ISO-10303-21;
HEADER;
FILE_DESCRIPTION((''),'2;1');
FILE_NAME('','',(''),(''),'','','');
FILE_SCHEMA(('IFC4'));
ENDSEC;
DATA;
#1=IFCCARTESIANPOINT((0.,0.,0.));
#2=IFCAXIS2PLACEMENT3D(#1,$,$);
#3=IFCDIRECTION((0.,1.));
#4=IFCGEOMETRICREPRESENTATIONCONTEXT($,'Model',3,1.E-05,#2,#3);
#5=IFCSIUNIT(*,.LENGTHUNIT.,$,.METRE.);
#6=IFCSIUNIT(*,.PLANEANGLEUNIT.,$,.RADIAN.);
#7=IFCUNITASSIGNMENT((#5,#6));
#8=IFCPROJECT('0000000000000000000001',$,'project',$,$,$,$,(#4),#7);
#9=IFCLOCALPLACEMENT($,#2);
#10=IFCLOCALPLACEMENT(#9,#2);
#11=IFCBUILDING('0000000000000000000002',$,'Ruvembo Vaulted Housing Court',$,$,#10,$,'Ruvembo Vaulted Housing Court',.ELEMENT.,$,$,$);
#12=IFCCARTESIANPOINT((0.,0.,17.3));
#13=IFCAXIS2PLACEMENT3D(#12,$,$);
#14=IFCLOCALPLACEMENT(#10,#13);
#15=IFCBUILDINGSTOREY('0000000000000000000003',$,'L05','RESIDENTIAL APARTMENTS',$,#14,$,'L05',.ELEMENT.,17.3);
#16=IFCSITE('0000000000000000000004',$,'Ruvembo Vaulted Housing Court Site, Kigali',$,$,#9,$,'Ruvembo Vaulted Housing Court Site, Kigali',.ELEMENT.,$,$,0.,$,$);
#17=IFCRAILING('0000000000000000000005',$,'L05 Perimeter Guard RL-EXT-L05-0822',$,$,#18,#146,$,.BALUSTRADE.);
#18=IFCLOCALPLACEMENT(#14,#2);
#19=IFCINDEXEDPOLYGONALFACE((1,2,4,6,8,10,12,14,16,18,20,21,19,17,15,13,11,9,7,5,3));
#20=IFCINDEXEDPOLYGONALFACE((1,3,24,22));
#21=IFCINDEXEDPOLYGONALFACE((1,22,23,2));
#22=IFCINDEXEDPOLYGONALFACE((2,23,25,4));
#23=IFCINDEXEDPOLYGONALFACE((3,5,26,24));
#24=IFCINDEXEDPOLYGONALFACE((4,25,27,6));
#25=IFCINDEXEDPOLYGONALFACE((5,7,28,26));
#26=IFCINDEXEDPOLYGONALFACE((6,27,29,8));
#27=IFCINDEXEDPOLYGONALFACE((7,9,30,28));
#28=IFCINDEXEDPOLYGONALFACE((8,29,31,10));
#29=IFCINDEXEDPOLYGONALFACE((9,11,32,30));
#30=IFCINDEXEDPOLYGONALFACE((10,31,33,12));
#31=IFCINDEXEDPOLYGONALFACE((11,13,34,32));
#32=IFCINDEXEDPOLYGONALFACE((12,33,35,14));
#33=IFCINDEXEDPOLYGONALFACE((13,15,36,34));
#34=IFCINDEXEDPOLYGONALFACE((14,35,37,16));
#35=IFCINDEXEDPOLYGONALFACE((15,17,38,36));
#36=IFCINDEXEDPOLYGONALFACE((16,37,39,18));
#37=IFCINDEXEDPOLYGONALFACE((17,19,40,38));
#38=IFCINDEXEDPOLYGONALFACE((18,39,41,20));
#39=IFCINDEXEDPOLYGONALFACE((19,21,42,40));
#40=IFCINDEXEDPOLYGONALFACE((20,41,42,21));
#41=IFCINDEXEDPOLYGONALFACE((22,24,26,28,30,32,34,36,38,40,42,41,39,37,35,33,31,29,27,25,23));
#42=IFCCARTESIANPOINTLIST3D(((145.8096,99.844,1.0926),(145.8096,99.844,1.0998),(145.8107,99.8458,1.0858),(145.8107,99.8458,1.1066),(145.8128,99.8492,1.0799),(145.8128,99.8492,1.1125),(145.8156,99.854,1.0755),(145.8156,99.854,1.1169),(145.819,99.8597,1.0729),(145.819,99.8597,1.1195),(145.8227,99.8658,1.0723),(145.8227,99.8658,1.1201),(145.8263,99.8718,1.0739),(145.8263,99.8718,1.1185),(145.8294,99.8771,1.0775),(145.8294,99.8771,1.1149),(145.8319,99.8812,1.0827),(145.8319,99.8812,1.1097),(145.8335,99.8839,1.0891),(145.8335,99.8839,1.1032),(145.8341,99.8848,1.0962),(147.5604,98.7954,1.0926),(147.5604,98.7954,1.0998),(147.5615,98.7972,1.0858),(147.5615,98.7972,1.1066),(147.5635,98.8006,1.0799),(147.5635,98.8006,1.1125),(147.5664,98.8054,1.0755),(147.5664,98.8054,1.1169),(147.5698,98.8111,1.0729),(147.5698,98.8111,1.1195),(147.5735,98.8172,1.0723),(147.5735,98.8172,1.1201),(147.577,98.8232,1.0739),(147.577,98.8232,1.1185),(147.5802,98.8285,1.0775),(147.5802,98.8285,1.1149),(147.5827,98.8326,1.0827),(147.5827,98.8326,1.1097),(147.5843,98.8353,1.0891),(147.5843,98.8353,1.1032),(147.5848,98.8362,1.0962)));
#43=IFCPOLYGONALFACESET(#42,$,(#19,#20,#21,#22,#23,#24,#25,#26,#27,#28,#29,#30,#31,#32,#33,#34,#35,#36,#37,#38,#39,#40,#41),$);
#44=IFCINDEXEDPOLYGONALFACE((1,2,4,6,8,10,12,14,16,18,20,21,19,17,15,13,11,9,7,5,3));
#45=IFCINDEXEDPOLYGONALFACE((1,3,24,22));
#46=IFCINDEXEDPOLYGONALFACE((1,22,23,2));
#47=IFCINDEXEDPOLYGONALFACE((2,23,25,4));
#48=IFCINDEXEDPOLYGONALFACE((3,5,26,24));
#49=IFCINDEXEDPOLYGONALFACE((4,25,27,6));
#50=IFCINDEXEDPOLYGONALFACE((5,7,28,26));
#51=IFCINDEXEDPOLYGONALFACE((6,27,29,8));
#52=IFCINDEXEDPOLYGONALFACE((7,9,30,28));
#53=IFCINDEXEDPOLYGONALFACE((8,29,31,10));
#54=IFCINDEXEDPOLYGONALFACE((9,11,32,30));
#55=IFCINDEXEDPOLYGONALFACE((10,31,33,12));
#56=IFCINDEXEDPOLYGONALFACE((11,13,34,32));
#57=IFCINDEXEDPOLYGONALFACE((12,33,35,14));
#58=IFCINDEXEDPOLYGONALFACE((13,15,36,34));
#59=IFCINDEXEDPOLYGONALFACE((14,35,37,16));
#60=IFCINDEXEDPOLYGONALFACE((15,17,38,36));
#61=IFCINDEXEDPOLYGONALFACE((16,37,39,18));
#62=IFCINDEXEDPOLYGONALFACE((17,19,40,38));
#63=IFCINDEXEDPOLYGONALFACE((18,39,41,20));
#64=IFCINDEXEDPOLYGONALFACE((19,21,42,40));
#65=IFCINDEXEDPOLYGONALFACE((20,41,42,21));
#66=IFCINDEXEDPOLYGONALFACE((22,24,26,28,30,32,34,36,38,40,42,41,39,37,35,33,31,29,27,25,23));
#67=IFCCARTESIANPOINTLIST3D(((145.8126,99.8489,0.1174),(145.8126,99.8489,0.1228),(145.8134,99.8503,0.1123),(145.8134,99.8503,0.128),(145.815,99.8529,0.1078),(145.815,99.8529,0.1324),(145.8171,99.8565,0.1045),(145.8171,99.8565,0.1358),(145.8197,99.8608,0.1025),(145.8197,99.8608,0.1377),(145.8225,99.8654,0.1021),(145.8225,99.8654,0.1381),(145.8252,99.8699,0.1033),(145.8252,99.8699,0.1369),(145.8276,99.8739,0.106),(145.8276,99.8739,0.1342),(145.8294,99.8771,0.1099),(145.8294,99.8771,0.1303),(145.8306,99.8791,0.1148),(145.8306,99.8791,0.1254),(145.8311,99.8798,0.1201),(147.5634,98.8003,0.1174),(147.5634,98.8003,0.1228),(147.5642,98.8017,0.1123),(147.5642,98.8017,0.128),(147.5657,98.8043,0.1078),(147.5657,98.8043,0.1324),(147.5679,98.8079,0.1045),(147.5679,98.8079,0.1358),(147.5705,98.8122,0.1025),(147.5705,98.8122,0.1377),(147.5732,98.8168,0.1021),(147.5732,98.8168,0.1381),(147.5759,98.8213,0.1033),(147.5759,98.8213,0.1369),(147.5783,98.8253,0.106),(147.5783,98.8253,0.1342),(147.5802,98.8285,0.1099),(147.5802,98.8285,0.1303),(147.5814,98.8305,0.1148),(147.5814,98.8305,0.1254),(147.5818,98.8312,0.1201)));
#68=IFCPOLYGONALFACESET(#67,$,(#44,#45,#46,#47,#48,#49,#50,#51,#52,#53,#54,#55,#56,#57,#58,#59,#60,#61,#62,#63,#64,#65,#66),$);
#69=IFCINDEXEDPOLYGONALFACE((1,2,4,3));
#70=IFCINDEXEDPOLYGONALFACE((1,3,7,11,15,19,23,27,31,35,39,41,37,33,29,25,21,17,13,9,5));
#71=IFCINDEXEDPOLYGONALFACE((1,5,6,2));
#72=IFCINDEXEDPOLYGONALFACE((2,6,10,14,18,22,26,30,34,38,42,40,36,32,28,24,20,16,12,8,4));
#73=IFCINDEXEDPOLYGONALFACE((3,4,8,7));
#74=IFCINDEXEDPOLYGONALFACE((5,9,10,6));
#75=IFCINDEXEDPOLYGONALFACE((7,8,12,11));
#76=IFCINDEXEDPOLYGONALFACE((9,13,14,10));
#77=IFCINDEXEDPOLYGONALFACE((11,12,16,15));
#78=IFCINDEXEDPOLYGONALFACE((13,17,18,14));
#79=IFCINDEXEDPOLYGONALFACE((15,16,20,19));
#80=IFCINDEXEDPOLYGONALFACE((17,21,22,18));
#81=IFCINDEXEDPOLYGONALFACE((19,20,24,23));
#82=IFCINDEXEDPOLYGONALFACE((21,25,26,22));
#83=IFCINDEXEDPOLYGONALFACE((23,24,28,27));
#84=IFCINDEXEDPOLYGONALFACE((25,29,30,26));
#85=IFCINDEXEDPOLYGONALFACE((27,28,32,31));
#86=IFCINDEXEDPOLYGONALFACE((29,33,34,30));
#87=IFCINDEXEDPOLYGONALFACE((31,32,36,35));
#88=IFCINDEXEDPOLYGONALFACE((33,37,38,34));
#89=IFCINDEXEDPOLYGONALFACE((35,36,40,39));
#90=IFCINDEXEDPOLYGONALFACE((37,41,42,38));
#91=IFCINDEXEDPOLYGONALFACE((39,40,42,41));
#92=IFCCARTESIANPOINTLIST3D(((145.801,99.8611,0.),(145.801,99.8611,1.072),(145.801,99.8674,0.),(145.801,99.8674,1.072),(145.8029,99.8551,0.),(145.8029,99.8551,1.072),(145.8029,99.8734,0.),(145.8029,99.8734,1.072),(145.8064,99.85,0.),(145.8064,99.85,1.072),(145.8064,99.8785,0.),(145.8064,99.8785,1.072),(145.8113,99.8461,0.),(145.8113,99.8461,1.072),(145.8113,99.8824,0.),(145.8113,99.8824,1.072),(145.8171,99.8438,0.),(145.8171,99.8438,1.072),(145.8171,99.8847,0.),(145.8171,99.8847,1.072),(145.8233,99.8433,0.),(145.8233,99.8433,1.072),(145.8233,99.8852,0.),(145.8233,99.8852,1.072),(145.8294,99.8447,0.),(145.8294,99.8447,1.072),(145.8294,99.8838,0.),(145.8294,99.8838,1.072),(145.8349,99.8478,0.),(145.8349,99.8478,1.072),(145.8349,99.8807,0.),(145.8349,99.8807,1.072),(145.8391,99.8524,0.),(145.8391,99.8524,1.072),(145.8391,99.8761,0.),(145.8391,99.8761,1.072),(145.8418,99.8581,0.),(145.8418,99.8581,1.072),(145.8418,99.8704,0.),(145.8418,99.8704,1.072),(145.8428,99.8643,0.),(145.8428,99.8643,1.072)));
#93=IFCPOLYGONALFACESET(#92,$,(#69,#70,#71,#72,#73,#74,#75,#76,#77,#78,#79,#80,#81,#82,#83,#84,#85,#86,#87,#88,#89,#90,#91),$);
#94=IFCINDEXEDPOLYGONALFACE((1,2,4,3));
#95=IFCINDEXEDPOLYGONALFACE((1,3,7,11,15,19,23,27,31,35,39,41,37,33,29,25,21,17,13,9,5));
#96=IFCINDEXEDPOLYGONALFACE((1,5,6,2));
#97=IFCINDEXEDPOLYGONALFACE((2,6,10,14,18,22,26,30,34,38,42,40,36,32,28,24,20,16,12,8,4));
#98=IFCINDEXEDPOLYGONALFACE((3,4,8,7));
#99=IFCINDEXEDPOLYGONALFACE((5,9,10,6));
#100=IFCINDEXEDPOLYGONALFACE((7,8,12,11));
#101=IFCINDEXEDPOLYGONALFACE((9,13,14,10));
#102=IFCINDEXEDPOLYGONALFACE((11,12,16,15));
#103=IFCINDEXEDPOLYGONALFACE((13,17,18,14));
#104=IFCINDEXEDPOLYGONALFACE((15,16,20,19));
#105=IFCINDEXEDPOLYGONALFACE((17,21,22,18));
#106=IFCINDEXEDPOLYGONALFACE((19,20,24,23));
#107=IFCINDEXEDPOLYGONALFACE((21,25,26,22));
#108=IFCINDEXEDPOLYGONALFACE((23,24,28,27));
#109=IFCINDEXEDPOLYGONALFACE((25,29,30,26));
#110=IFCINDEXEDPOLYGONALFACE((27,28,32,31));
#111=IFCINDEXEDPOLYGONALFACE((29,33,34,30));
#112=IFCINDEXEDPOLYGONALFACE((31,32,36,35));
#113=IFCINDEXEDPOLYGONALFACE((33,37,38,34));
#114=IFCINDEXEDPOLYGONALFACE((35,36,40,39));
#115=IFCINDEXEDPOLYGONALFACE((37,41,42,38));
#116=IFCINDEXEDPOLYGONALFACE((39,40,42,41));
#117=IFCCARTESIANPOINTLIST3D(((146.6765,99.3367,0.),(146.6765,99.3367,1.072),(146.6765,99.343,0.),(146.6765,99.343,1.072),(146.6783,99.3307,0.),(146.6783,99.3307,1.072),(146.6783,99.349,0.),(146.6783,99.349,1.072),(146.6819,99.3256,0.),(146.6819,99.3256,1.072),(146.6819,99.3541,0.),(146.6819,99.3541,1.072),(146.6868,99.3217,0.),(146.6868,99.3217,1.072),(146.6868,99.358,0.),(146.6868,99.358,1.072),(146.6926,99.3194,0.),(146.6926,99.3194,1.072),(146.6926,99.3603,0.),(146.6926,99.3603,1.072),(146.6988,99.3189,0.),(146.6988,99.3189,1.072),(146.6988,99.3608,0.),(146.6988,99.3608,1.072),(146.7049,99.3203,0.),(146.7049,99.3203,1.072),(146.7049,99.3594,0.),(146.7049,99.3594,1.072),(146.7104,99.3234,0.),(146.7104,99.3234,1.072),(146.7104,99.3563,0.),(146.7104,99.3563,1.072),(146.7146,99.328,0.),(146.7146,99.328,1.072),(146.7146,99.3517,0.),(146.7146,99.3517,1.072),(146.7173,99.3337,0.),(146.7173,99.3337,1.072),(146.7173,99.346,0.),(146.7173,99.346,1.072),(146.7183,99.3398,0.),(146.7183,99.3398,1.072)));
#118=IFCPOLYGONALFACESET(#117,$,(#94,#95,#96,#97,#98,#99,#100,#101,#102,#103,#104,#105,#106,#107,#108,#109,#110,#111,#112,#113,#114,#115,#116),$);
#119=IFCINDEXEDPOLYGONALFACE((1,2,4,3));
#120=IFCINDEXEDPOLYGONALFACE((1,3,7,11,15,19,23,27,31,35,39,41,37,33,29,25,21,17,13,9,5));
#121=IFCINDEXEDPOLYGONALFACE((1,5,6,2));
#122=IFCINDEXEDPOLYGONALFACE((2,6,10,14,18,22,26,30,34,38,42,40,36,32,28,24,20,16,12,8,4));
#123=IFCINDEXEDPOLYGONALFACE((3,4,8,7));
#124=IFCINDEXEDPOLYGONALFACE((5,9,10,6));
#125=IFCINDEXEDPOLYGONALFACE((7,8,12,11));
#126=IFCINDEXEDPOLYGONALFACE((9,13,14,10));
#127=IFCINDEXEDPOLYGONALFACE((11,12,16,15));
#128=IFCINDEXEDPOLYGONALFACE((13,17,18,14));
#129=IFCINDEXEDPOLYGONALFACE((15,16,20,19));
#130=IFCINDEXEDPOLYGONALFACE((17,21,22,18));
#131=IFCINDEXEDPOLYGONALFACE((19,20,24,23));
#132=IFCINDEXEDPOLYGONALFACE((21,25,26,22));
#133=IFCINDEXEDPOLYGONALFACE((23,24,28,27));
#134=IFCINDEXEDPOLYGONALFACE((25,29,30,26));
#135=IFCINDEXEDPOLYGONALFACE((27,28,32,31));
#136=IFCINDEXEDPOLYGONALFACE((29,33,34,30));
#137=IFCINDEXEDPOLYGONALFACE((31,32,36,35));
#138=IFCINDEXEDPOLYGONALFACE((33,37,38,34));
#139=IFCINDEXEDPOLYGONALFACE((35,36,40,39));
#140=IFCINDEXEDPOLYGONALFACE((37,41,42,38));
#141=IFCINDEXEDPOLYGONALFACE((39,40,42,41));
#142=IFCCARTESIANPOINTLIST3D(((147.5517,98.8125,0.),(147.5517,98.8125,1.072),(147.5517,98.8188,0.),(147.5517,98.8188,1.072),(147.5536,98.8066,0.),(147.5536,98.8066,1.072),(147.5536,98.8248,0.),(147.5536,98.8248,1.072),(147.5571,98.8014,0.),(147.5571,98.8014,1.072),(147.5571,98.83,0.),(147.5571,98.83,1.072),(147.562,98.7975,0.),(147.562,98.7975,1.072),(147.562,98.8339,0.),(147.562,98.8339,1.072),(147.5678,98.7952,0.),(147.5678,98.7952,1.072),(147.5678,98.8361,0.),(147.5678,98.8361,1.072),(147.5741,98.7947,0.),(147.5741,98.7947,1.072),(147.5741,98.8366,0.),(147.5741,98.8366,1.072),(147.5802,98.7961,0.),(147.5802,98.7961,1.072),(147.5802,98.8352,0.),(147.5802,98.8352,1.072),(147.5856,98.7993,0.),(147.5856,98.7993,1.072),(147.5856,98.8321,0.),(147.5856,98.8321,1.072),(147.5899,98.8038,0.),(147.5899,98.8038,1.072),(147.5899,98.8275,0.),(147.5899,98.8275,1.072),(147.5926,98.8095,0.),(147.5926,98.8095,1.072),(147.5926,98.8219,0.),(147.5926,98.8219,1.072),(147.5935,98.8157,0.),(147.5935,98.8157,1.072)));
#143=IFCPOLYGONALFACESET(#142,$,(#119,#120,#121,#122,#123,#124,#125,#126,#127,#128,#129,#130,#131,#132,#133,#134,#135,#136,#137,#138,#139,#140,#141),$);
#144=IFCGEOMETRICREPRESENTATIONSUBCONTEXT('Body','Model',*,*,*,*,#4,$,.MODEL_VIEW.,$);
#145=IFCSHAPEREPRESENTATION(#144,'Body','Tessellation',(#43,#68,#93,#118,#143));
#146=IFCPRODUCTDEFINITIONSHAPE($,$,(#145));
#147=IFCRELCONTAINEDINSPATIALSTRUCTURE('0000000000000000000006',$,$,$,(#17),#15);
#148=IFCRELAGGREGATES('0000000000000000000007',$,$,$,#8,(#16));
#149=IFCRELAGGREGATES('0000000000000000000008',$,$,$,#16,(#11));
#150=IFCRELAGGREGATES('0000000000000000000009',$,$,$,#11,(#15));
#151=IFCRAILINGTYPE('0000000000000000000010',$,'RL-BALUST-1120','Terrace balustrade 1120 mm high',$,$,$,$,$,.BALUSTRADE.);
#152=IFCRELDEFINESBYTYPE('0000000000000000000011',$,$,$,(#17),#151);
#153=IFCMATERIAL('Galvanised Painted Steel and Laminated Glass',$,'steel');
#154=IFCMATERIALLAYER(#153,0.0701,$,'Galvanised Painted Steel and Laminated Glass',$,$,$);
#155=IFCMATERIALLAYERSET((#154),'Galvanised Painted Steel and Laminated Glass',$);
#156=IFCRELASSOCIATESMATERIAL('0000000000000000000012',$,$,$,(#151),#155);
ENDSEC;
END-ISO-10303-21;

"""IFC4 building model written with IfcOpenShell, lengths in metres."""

from ifc_helpers import new_model, si_unit, direction, frame, origin, origin_2d, place, context, subcontext, project, spatial, circle, extrude, material, layer, layer_set, type_object, element, save


model = new_model("IFC4")

# Units and contexts
model_context = context("Model", 3, precision=1e-05, world=origin(), true_north=direction((0.0, 1.0)))
body_context = subcontext(model_context, "Body", "Model", "MODEL_VIEW")
ifc_project = project(units=[si_unit("LENGTHUNIT", "METRE"), si_unit("PLANEANGLEUNIT", "RADIAN")], contexts=[model_context])

# Site, building, storey
site_placement = place(None, origin())
site = spatial("IfcSite", under=ifc_project, at=site_placement, Name="Ruvembo Vaulted Housing Court Site, Kigali", LongName="Ruvembo Vaulted Housing Court Site, Kigali", CompositionType="ELEMENT", RefElevation=0.0)
building_placement = place(site_placement, origin())
building = spatial("IfcBuilding", under=site, at=building_placement, Name="Ruvembo Vaulted Housing Court", LongName="Ruvembo Vaulted Housing Court", CompositionType="ELEMENT")
storey_placement = place(building_placement, frame((0.0, 0.0, 17.3)))
storey = spatial("IfcBuildingStorey", under=building, at=storey_placement, Name="L05", Description="RESIDENTIAL APARTMENTS", LongName="L05", CompositionType="ELEMENT", Elevation=17.3)

# Railing
ifc_material_1 = material(Name="Galvanised Painted Steel and Laminated Glass", Category="steel")
ifc_layer_1 = layer(ifc_material_1, 0.0701, Name="Galvanised Painted Steel and Laminated Glass")
ifc_layer_set_1 = layer_set([ifc_layer_1], Name="Galvanised Painted Steel and Laminated Glass")
railing_type = type_object("IfcRailingType", Name="RL-BALUST-1120", Description="Terrace balustrade 1120 mm high", PredefinedType="BALUSTRADE", material=ifc_layer_set_1)
railing_1_placement = place(storey_placement, frame((145.8218, 99.8643, 0.0)))
element("IfcRailing", 1, at=railing_1_placement, inside=storey, type_object=railing_type, Name="L05 Perimeter Guard RL-EXT-L05-0822", PredefinedType="BALUSTRADE", context=body_context, shape_type="SweptSolid", body=[
    extrude(circle(Radius=0.0239, at=origin_2d()), frame((0.0, 0.0, 1.0962), z_axis=(0.857894, -0.513827, 0.0), x_axis=(0.513827, 0.857894, 0.0)), (0.0, 0.0, 1.0), 2.0408),
    extrude(circle(Radius=0.0181, at=origin_2d()), frame((0.0, 0.0, 0.1201), z_axis=(0.857894, -0.513827, 0.0), x_axis=(0.513827, 0.857894, 0.0)), (0.0, 0.0, 1.0), 2.0408),
    extrude(circle(Radius=0.021, at=origin_2d()), origin(), (0.0, 0.0, 1.0), 1.072),
    extrude(circle(Radius=0.021, at=origin_2d()), frame((0.8755, -0.5244, 0.0)), (0.0, 0.0, 1.0), 1.072),
    extrude(circle(Radius=0.021, at=origin_2d()), frame((1.7507, -1.0486, 0.0)), (0.0, 0.0, 1.0), 1.072),
])

save(model, "model.ifc")
